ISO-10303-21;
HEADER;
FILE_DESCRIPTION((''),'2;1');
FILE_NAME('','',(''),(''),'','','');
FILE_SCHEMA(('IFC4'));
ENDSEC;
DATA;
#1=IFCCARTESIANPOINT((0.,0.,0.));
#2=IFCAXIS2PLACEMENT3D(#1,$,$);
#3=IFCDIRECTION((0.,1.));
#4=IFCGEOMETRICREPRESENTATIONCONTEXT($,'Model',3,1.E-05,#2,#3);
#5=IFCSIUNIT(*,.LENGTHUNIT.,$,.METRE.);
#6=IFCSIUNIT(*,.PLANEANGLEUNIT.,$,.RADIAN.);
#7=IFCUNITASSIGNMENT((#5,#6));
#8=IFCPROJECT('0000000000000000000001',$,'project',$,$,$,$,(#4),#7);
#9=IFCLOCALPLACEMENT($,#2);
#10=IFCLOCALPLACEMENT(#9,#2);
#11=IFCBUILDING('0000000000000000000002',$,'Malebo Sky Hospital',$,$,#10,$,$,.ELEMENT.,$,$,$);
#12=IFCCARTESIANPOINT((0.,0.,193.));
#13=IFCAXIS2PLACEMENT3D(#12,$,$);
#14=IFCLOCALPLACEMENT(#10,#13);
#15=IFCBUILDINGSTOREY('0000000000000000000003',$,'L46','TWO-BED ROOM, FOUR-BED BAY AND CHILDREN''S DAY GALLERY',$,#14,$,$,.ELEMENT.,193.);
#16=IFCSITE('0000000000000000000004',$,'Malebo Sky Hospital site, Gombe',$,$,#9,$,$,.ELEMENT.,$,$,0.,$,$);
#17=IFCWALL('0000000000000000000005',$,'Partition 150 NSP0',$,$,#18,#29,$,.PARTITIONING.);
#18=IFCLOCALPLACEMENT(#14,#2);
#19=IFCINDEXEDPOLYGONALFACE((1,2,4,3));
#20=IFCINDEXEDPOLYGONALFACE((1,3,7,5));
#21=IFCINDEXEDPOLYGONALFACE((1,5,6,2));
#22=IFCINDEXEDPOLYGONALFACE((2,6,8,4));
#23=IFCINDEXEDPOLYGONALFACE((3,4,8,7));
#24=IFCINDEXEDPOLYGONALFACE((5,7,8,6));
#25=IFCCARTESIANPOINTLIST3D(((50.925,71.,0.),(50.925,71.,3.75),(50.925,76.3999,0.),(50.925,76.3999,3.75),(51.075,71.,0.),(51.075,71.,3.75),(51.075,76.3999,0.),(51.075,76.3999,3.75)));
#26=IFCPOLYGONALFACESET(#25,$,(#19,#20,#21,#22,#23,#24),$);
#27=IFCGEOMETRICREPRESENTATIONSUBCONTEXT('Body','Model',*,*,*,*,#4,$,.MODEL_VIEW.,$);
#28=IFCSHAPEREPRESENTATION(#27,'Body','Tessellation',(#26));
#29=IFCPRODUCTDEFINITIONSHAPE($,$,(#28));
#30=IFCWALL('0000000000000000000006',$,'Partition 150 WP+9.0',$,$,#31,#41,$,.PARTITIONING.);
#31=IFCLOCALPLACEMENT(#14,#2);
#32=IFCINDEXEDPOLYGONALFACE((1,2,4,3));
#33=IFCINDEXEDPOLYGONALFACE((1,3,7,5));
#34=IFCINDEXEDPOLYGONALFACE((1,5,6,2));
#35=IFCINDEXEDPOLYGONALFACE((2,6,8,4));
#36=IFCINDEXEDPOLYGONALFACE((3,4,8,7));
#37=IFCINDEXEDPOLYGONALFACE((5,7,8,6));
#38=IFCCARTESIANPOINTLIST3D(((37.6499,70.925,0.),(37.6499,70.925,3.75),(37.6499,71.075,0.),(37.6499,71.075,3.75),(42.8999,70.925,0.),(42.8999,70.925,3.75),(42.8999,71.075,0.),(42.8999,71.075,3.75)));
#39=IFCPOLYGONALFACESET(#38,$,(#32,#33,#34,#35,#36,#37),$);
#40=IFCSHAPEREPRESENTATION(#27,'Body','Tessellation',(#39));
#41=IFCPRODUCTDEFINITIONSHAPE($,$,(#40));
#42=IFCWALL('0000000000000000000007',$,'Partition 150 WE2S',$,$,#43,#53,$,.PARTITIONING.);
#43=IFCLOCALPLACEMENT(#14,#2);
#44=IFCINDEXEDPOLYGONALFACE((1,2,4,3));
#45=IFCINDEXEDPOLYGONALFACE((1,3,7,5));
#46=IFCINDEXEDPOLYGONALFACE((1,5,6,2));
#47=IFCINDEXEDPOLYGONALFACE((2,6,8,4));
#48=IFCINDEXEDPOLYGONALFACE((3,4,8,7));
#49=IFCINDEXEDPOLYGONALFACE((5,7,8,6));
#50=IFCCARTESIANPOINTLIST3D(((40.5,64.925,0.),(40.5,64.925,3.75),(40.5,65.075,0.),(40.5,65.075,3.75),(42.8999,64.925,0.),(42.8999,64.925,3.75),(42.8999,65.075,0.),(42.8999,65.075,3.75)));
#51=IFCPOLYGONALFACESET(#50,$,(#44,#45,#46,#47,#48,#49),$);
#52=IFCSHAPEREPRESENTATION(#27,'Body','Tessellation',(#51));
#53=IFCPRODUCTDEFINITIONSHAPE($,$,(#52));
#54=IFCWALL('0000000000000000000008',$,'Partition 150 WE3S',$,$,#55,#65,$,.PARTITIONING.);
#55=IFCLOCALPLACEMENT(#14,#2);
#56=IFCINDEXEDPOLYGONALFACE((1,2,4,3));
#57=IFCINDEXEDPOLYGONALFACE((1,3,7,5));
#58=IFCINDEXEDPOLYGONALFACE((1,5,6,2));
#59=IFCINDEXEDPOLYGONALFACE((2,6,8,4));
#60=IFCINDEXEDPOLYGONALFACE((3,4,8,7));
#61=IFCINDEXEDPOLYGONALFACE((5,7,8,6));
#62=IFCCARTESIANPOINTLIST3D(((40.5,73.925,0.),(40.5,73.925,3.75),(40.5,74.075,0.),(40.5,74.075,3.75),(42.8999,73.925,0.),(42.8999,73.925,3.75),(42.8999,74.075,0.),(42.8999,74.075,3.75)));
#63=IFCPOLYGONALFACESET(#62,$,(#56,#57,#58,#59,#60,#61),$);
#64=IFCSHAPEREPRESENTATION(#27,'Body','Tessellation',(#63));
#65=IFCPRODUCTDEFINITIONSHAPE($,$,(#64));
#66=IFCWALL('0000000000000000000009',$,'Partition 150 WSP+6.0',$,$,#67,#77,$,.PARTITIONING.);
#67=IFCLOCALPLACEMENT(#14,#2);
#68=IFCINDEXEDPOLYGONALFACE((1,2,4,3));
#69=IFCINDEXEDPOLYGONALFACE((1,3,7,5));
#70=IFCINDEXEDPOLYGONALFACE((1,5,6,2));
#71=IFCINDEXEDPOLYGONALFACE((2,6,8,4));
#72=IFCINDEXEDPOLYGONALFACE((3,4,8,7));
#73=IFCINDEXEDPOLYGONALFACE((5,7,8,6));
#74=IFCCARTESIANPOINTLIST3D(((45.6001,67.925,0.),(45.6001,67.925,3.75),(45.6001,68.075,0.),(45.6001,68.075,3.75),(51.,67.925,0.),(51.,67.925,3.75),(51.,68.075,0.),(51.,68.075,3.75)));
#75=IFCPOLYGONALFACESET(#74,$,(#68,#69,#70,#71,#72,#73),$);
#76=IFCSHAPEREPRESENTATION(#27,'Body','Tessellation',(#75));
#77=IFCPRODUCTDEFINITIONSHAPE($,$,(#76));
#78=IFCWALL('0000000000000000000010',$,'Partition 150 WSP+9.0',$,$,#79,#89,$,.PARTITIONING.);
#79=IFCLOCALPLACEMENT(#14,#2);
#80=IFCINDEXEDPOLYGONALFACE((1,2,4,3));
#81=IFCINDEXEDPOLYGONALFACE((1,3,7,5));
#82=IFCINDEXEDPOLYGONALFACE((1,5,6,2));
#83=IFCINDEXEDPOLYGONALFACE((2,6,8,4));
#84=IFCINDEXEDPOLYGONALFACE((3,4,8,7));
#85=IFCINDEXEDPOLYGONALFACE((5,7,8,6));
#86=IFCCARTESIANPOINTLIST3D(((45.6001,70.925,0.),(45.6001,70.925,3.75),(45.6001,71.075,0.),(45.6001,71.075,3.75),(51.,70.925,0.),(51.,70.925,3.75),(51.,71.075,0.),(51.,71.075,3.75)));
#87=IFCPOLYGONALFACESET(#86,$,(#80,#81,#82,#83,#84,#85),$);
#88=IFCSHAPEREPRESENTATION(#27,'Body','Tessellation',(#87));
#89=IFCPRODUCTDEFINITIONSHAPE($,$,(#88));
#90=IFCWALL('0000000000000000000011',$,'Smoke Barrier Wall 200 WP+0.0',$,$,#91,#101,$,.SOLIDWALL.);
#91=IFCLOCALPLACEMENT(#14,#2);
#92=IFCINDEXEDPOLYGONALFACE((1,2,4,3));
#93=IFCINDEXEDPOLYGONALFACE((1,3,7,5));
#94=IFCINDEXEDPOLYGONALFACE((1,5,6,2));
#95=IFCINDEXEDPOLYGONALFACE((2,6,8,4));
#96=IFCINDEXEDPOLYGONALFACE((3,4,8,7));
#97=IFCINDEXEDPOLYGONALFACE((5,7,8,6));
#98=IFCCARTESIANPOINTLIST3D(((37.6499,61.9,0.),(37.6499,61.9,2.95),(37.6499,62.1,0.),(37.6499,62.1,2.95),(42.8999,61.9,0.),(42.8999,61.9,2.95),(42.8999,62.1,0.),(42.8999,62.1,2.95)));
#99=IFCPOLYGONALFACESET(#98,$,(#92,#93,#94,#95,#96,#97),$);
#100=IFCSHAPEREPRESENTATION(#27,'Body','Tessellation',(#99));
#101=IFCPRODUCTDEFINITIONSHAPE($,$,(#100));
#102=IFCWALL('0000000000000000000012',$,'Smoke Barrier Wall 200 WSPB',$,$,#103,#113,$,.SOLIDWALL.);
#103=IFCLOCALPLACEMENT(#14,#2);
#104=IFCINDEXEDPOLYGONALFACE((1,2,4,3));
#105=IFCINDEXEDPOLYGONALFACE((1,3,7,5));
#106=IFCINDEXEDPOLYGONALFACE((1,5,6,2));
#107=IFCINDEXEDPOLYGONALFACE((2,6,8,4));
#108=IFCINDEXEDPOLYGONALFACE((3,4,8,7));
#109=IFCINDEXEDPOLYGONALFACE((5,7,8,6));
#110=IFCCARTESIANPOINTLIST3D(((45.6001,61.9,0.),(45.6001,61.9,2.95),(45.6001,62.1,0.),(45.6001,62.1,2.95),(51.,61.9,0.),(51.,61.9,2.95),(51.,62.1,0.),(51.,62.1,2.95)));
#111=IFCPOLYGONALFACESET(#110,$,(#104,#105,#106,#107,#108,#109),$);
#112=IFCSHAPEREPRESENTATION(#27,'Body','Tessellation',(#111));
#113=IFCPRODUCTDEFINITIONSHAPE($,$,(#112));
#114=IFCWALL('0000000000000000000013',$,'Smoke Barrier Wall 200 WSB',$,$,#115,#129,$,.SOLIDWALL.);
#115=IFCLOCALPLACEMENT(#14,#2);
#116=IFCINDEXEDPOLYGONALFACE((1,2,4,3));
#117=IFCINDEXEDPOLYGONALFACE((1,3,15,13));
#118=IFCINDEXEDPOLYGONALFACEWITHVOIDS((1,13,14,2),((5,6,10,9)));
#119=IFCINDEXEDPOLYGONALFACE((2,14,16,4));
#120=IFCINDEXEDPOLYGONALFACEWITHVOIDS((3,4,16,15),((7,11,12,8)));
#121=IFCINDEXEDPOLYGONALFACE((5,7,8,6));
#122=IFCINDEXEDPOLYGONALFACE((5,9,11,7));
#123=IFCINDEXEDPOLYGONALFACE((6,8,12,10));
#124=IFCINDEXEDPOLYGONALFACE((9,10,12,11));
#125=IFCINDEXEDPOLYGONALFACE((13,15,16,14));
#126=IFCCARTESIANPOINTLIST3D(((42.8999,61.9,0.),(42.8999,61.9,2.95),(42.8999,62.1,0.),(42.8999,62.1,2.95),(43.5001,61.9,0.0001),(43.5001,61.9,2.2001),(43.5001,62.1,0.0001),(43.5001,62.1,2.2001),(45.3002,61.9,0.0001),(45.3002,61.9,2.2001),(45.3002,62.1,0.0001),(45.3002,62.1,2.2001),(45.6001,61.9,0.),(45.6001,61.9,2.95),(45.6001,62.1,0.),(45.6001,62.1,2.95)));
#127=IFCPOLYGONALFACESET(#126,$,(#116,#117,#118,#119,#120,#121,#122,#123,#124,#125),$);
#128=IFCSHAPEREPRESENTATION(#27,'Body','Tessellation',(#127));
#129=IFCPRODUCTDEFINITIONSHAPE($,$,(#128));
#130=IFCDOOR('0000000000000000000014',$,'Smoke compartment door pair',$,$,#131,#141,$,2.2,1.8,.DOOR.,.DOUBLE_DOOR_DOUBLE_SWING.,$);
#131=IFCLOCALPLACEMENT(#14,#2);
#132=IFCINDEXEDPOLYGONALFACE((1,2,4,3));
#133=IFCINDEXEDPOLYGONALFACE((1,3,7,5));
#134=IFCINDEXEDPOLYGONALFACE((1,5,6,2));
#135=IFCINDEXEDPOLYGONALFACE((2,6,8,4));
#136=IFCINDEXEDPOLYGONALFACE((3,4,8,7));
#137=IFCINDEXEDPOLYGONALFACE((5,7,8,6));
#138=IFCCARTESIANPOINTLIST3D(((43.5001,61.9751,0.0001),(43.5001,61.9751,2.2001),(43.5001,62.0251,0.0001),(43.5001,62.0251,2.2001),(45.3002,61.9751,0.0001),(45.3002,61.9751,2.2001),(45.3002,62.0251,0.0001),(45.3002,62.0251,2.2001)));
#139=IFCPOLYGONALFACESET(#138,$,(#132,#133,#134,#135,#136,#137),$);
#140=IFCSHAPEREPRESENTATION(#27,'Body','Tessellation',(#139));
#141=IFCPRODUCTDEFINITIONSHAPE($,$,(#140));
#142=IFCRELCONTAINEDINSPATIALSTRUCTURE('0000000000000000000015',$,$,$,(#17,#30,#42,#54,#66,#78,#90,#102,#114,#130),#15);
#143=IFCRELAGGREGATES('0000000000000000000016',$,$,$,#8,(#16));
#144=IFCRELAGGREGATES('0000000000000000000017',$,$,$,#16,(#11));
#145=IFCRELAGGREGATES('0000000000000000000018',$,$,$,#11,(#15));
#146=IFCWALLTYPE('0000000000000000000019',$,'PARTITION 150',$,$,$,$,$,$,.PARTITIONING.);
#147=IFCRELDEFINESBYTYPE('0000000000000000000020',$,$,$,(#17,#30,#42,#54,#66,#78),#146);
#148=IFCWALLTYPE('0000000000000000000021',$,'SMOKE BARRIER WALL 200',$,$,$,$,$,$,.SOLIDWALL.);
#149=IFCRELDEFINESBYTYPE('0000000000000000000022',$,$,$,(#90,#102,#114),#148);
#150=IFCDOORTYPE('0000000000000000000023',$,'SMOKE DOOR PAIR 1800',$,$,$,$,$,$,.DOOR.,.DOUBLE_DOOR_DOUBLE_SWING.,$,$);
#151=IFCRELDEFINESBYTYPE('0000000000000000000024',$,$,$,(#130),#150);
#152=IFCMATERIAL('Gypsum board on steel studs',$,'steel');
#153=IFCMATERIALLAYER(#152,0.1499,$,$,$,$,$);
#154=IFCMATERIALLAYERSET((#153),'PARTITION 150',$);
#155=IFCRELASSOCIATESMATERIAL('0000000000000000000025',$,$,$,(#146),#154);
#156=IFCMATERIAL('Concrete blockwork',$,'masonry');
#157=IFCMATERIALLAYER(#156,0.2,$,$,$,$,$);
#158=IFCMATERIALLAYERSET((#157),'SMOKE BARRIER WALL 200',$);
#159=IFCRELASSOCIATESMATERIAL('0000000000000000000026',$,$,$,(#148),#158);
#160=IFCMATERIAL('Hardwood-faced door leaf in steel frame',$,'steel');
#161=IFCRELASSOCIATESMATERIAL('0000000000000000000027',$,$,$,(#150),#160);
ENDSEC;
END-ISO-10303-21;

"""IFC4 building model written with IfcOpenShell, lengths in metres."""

from ifc_helpers import new_model, si_unit, direction, frame, frame_2d, origin, place, context, subcontext, project, spatial, rectangle, extrude, material, layer, layer_set, type_object, element, fill, save


model = new_model("IFC4")

# Units and contexts
model_context = context("Model", 3, precision=1e-05, world=origin(), true_north=direction((0.0, 1.0)))
body_context = subcontext(model_context, "Body", "Model", "MODEL_VIEW")
ifc_project = project(units=[si_unit("LENGTHUNIT", "METRE"), si_unit("PLANEANGLEUNIT", "RADIAN")], contexts=[model_context])

# Site, building, storey
site_placement = place(None, origin())
site = spatial("IfcSite", under=ifc_project, at=site_placement, Name="Malebo Sky Hospital site, Gombe", CompositionType="ELEMENT", RefElevation=0.0)
building_placement = place(site_placement, origin())
building = spatial("IfcBuilding", under=site, at=building_placement, Name="Malebo Sky Hospital", CompositionType="ELEMENT")
storey_placement = place(building_placement, frame((0.0, 0.0, 193.0)))
storey = spatial("IfcBuildingStorey", under=building, at=storey_placement, Name="L46", Description="TWO-BED ROOM, FOUR-BED BAY AND CHILDREN'S DAY GALLERY", CompositionType="ELEMENT", Elevation=193.0)

# Shared definitions
ifc_material_1 = material(Name="Hardwood-faced door leaf in steel frame", Category="steel")

# Shared definitions
ifc_material_2 = material(Name="Gypsum board on steel studs", Category="steel")

# Walls
ifc_layer_1 = layer(ifc_material_2, 0.1499)
ifc_layer_set_1 = layer_set([ifc_layer_1], Name="PARTITION 150")
wall_type_1 = type_object("IfcWallType", Name="PARTITION 150", PredefinedType="PARTITIONING", material=ifc_layer_set_1)
wall_1_placement = place(storey_placement, frame((51.0, 71.0, 0.0), z_axis=(0.0, 0.0, 1.0), x_axis=(0.0, 1.0, 0.0)))
element("IfcWall", 1, at=wall_1_placement, inside=storey, type_object=wall_type_1, Name="Partition 150 NSP0", PredefinedType="PARTITIONING", context=body_context, shape_type="SweptSolid", body=[
    extrude(rectangle(XDim=5.3999, YDim=0.1499, at=frame_2d((2.7, 0.0))), origin(), (0.0, 0.0, 1.0), 3.75),
])
wall_2_placement = place(storey_placement, frame((42.8999, 71.0, 0.0), z_axis=(0.0, 0.0, 1.0), x_axis=(-1.0, 0.0, 0.0)))
element("IfcWall", 2, at=wall_2_placement, inside=storey, type_object=wall_type_1, Name="Partition 150 WP+9.0", PredefinedType="PARTITIONING", context=body_context, shape_type="SweptSolid", body=[
    extrude(rectangle(XDim=5.25, YDim=0.1499, at=frame_2d((2.625, 0.0))), origin(), (0.0, 0.0, 1.0), 3.75),
])
for number, where, z_axis, x_axis, name in (
    (3, (42.8999, 65.0, 0.0), (0.0, 0.0, 1.0), (-1.0, 0.0, 0.0), "Partition 150 WE2S"),
    (4, (42.8999, 74.0, 0.0), (0.0, 0.0, 1.0), (-1.0, 0.0, 0.0), "Partition 150 WE3S"),
):
    element("IfcWall", number, at=place(storey_placement, frame(where, z_axis=z_axis, x_axis=x_axis)), inside=storey, type_object=wall_type_1, Name=name, PredefinedType="PARTITIONING", context=body_context, shape_type="SweptSolid", body=[
        extrude(rectangle(XDim=2.3999, YDim=0.1499, at=frame_2d((1.2, 0.0))), origin(), (0.0, 0.0, 1.0), 3.75),
    ])
for number, where, z_axis, x_axis, name in (
    (5, (51.0, 68.0, 0.0), (0.0, 0.0, 1.0), (-1.0, 0.0, 0.0), "Partition 150 WSP+6.0"),
    (6, (51.0, 71.0, 0.0), (0.0, 0.0, 1.0), (-1.0, 0.0, 0.0), "Partition 150 WSP+9.0"),
):
    element("IfcWall", number, at=place(storey_placement, frame(where, z_axis=z_axis, x_axis=x_axis)), inside=storey, type_object=wall_type_1, Name=name, PredefinedType="PARTITIONING", context=body_context, shape_type="SweptSolid", body=[
        extrude(rectangle(XDim=5.3999, YDim=0.1499, at=frame_2d((2.7, 0.0))), origin(), (0.0, 0.0, 1.0), 3.75),
    ])
ifc_material_3 = material(Name="Concrete blockwork", Category="masonry")
ifc_layer_2 = layer(ifc_material_3, 0.2)
ifc_layer_set_2 = layer_set([ifc_layer_2], Name="SMOKE BARRIER WALL 200")
wall_type_2 = type_object("IfcWallType", Name="SMOKE BARRIER WALL 200", PredefinedType="SOLIDWALL", material=ifc_layer_set_2)
wall_3_placement = place(storey_placement, frame((42.8999, 62.0, 0.0), z_axis=(0.0, 0.0, 1.0), x_axis=(-1.0, 0.0, 0.0)))
element("IfcWall", 7, at=wall_3_placement, inside=storey, type_object=wall_type_2, Name="Smoke Barrier Wall 200 WP+0.0", PredefinedType="SOLIDWALL", context=body_context, shape_type="SweptSolid", body=[
    extrude(rectangle(XDim=5.25, YDim=0.2, at=frame_2d((2.625, 0.0))), origin(), (0.0, 0.0, 1.0), 2.95),
])
wall_4_placement = place(storey_placement, frame((51.0, 62.0, 0.0), z_axis=(0.0, 0.0, 1.0), x_axis=(-1.0, 0.0, 0.0)))
element("IfcWall", 8, at=wall_4_placement, inside=storey, type_object=wall_type_2, Name="Smoke Barrier Wall 200 WSPB", PredefinedType="SOLIDWALL", context=body_context, shape_type="SweptSolid", body=[
    extrude(rectangle(XDim=5.3999, YDim=0.2, at=frame_2d((2.7, 0.0))), origin(), (0.0, 0.0, 1.0), 2.95),
])

# Wall, opening, door
wall_5_placement = place(storey_placement, frame((45.6001, 62.0, 0.0), z_axis=(0.0, 0.0, 1.0), x_axis=(-1.0, 0.0, 0.0)))
wall_5 = element("IfcWall", 9, at=wall_5_placement, inside=storey, type_object=wall_type_2, Name="Smoke Barrier Wall 200 WSB", PredefinedType="SOLIDWALL", context=body_context, shape_type="SweptSolid", body=[
    extrude(rectangle(XDim=2.7002, YDim=0.2, at=frame_2d((1.3501, 0.0))), origin(), (0.0, 0.0, 1.0), 2.95),
])
opening_1_placement = place(wall_5_placement, frame((0.3, 0.0, 0.0)))
opening_1 = element("IfcOpeningElement", 10, at=opening_1_placement, cuts=wall_5, PredefinedType="OPENING", context=body_context, shape_type="SweptSolid", body=[
    extrude(rectangle(XDim=1.8, YDim=2.2, at=frame_2d((0.8999, 1.1001))), frame((0.0, 0.1099, 0.0), z_axis=(0.0, -1.0, 0.0), x_axis=(1.0, 0.0, 0.0)), (0.0, 0.0, 1.0), 0.22),
])
door_type_1 = type_object("IfcDoorType", Name="SMOKE DOOR PAIR 1800", OperationType="DOUBLE_DOOR_DOUBLE_SWING", PredefinedType="DOOR", material=ifc_material_1)
door_1_placement = place(opening_1_placement, origin())
door_1 = element("IfcDoor", 11, at=door_1_placement, inside=storey, type_object=door_type_1, Name="Smoke compartment door pair", OperationType="DOUBLE_DOOR_DOUBLE_SWING", OverallHeight=2.2, OverallWidth=1.8, PredefinedType="DOOR", context=body_context, shape_type="SweptSolid", body=[
    extrude(rectangle(XDim=1.8, YDim=2.2, at=frame_2d((0.8999, 1.1001))), frame((0.0, 0.0249, 0.0), z_axis=(0.0, -1.0, 0.0), x_axis=(1.0, 0.0, 0.0)), (0.0, 0.0, 1.0), 0.05),
])
fill(opening_1, door_1)

save(model, "model.ifc")
